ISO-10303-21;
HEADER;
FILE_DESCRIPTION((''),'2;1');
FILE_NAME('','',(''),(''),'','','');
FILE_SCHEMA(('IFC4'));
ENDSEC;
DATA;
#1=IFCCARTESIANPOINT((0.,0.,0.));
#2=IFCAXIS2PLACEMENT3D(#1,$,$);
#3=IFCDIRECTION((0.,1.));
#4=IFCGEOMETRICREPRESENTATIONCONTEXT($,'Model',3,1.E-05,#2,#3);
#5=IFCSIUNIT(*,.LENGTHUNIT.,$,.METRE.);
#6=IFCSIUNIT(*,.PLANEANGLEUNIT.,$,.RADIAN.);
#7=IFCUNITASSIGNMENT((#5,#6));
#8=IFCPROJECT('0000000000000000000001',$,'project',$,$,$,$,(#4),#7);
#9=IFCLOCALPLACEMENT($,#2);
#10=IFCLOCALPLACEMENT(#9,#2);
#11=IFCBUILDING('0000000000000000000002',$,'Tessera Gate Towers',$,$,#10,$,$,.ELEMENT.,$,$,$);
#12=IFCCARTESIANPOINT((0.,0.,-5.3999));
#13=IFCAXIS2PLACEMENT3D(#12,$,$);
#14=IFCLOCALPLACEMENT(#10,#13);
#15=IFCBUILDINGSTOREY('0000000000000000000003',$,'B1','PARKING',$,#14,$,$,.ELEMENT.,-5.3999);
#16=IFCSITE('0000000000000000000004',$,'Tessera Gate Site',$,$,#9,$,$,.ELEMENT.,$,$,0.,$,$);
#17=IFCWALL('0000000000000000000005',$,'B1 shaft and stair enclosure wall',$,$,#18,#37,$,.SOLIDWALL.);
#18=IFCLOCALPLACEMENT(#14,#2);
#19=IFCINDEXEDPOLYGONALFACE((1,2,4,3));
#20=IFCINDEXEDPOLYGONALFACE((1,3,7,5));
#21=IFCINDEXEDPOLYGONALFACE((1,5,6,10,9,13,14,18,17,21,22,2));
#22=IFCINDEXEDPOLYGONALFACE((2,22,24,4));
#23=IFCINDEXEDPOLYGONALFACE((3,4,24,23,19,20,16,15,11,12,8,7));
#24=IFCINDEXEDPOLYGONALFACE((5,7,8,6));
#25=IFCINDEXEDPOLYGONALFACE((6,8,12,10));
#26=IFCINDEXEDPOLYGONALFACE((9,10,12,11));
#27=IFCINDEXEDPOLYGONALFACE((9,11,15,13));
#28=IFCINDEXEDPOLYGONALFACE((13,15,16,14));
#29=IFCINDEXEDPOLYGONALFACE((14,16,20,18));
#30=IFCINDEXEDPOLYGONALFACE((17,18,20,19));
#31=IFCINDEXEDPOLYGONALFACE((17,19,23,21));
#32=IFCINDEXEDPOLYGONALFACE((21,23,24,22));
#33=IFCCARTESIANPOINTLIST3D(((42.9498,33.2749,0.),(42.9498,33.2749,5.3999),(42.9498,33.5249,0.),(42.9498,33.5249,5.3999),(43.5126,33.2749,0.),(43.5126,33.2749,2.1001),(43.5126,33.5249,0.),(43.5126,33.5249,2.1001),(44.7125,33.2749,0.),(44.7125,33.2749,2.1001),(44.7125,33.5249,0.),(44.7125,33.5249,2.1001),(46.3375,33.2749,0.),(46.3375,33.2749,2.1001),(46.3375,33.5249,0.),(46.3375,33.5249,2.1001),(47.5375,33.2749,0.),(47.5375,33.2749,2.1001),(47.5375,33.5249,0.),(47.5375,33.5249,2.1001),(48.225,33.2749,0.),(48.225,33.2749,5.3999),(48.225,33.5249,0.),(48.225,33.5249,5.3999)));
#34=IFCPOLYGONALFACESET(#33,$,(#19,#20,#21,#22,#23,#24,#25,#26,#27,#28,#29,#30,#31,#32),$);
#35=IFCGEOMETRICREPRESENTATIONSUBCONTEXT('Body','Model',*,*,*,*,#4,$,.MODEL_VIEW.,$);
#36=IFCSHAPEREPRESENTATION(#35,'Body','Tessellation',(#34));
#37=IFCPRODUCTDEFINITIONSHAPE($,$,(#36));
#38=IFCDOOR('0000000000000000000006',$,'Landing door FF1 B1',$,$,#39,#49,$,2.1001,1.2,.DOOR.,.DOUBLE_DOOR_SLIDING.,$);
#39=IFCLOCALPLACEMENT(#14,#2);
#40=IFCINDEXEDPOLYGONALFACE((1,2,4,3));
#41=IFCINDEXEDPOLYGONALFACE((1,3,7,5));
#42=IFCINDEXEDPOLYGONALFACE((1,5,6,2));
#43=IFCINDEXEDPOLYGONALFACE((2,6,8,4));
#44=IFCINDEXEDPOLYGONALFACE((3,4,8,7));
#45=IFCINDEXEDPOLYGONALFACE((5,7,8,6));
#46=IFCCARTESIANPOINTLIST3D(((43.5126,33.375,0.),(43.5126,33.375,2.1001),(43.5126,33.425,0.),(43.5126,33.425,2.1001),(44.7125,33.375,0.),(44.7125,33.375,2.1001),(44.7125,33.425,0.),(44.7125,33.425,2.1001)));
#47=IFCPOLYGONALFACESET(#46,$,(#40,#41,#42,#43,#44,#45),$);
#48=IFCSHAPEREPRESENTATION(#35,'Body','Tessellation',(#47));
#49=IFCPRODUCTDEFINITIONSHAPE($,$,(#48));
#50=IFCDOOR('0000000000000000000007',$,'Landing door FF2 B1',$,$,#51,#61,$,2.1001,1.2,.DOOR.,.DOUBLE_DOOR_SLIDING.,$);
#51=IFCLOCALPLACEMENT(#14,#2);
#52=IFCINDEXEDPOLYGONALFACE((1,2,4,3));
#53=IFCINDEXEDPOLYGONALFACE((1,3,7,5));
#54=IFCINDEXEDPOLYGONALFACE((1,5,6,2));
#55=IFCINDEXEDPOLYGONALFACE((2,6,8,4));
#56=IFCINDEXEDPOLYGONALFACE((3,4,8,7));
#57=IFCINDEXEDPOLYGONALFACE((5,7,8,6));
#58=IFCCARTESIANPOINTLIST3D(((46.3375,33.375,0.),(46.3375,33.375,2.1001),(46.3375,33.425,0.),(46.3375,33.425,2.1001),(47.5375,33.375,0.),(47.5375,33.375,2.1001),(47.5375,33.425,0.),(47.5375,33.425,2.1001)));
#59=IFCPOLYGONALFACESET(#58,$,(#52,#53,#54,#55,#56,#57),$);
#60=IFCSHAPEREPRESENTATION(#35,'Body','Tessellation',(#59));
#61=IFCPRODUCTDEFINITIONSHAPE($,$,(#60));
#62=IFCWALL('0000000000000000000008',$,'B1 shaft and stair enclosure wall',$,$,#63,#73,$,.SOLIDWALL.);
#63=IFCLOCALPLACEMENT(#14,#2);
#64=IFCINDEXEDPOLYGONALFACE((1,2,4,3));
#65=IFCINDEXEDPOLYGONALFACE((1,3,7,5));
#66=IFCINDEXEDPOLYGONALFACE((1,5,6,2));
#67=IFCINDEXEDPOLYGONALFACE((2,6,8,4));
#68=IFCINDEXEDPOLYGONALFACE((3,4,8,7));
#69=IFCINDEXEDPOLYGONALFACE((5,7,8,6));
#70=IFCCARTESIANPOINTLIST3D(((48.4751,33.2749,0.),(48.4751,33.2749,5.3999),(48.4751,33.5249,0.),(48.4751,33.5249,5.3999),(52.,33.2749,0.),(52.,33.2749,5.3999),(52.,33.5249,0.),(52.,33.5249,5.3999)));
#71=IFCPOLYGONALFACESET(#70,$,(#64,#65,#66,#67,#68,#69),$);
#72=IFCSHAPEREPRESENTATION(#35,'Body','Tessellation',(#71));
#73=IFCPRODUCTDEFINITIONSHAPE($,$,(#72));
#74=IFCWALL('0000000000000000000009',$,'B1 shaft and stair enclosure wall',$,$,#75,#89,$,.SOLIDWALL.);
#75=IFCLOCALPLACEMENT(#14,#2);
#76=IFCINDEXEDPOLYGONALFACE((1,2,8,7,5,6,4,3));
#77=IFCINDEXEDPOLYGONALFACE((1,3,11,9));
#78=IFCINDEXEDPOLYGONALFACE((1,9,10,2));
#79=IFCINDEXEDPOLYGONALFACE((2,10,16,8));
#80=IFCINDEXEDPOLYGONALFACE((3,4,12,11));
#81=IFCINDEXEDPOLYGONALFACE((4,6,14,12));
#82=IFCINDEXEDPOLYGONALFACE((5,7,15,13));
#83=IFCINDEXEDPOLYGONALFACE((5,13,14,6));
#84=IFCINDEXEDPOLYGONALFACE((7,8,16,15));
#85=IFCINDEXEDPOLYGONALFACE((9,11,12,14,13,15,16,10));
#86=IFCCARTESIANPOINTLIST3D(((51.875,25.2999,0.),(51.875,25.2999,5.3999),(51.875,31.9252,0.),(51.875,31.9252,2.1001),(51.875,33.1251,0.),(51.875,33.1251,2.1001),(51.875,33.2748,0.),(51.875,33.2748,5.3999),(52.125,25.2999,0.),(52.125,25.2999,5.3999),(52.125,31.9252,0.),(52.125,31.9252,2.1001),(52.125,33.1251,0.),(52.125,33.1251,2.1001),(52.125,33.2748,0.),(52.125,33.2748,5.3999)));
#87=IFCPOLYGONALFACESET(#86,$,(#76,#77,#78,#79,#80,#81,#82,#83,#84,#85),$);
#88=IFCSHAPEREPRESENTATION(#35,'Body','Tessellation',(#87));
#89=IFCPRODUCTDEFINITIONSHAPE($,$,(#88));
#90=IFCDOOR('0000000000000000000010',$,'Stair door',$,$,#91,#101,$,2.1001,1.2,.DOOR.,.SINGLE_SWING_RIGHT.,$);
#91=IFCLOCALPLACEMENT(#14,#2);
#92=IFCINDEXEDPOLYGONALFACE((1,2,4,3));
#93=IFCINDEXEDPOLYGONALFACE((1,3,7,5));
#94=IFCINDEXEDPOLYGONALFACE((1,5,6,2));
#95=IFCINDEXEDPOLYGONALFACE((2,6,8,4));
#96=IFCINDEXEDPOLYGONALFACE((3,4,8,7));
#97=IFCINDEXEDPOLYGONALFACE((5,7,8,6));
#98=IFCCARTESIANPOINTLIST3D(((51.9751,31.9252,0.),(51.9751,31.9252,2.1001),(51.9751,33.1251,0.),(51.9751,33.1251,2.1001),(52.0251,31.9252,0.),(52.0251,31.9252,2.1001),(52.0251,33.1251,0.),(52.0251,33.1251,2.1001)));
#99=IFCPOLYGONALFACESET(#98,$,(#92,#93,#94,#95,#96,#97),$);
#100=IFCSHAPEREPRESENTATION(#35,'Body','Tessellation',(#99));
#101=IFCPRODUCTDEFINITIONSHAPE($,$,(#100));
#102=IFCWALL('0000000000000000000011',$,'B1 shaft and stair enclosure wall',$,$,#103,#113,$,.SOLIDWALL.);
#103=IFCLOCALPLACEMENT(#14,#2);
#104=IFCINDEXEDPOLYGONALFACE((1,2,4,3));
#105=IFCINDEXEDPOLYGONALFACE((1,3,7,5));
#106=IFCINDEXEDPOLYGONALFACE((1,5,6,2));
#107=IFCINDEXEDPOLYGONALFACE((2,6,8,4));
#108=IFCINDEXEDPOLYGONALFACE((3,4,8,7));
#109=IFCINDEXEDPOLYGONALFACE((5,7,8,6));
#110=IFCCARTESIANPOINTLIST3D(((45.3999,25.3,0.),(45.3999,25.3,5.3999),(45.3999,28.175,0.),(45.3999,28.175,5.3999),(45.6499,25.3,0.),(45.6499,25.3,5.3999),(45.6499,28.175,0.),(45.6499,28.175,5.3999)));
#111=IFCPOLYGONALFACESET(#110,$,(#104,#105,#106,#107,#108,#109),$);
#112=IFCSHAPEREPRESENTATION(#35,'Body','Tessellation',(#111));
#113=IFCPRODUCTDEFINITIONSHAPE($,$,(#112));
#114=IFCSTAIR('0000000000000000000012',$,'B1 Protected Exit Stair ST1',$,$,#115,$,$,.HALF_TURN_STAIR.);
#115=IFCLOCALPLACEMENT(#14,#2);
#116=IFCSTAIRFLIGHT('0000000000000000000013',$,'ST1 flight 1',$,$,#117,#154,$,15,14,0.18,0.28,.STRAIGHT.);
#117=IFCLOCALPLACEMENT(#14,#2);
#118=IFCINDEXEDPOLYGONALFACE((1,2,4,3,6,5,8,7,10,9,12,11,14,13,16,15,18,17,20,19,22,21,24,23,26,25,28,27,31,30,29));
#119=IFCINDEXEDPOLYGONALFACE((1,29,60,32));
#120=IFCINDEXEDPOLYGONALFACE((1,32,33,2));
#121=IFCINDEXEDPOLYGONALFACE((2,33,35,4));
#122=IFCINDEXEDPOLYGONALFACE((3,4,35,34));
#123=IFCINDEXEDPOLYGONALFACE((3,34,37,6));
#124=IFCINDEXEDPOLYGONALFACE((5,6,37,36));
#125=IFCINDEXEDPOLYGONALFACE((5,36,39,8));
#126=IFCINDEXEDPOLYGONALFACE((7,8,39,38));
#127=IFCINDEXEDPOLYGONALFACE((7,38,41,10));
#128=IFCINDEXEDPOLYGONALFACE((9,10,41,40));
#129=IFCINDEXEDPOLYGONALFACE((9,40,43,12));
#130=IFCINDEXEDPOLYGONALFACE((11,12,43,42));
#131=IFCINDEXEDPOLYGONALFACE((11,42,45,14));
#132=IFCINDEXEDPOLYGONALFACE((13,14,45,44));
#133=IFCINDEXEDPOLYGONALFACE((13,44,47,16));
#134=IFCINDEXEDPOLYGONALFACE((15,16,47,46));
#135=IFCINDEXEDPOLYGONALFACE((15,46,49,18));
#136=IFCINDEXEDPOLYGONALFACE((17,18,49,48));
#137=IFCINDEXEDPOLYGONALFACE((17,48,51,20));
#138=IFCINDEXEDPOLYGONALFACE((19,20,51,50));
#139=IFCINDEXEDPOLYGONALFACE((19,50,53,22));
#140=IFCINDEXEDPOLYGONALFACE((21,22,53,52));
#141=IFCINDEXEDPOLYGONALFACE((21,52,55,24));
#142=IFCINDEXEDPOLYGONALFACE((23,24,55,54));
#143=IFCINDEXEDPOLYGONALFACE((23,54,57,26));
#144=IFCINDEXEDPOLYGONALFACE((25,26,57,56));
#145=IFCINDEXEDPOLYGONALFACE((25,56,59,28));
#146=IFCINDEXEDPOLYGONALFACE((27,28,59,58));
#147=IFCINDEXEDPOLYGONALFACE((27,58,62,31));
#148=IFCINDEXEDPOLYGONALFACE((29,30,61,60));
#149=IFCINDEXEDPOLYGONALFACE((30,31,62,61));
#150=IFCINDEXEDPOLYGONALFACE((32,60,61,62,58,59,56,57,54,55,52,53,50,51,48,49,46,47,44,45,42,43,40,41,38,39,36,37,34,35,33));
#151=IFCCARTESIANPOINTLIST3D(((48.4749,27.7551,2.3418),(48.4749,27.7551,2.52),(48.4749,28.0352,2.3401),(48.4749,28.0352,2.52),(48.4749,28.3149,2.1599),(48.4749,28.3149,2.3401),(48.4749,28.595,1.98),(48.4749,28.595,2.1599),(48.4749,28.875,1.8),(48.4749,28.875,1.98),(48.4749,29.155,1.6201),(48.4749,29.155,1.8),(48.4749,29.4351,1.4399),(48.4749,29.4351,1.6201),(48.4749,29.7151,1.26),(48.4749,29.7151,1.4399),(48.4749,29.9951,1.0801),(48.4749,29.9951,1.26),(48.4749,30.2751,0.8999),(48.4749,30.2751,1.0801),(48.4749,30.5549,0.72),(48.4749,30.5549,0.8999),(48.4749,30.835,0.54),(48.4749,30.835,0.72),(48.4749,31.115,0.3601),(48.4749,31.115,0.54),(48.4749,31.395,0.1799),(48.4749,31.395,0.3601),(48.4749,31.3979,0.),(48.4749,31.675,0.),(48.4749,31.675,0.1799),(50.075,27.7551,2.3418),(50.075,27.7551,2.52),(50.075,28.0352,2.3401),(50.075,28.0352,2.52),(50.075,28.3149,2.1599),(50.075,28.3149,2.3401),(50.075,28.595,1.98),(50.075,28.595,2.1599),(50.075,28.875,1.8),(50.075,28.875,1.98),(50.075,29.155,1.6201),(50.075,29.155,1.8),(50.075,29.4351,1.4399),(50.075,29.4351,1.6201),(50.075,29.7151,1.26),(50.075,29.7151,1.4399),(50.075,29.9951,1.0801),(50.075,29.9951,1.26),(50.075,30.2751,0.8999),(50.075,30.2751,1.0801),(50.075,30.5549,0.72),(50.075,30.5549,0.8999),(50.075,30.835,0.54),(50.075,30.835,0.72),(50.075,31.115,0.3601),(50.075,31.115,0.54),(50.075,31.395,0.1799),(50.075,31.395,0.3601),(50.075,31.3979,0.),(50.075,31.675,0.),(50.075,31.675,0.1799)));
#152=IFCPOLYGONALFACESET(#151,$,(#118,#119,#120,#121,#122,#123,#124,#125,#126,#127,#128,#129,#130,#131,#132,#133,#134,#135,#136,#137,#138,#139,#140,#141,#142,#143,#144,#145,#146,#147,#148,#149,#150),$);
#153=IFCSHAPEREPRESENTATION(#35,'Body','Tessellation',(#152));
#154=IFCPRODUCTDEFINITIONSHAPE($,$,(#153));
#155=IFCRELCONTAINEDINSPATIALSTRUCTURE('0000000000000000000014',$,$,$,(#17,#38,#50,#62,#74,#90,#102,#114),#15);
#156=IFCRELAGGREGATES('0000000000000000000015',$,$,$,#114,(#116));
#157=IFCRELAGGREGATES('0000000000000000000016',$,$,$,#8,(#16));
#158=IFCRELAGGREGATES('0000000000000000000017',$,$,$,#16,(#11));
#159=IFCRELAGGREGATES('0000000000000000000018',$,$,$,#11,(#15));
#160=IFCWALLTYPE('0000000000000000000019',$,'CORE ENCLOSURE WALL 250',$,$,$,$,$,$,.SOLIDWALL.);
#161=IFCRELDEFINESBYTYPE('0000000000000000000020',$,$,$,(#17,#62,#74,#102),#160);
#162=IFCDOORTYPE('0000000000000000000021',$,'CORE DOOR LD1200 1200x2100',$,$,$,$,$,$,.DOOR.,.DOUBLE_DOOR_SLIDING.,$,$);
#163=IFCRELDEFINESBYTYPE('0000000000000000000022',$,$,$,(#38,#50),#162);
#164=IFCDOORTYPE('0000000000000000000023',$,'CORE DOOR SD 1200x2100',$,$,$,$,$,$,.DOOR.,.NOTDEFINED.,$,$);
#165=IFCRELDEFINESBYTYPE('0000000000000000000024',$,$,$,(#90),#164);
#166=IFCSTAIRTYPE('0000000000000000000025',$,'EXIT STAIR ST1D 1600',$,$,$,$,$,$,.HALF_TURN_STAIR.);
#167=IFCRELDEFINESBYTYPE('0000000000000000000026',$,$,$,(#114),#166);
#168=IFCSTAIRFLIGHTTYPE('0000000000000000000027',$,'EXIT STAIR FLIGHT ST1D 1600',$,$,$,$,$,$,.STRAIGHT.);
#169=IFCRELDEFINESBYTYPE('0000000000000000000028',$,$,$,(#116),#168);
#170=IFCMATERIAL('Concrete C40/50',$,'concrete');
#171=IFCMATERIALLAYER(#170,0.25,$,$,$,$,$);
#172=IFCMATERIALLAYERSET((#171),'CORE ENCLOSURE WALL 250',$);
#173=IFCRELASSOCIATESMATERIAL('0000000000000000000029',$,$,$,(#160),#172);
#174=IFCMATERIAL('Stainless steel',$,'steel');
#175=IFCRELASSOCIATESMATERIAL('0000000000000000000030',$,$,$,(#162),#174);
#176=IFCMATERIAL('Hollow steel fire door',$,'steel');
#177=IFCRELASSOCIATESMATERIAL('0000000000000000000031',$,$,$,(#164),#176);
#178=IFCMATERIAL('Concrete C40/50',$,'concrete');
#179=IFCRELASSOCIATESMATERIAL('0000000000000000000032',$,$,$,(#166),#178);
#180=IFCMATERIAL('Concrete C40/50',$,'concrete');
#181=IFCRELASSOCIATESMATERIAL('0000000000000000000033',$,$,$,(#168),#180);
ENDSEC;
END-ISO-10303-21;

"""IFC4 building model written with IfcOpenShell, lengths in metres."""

from ifc_helpers import new_model, si_unit, direction, frame, frame_2d, origin, place, context, subcontext, project, spatial, polyline, rectangle, outline, extrude, source, transform, mapped, material, layer, layer_set, type_object, element, fill, aggregate, save


model = new_model("IFC4")

# Units and contexts
model_context = context("Model", 3, precision=1e-05, world=origin(), true_north=direction((0.0, 1.0)))
body_context = subcontext(model_context, "Body", "Model", "MODEL_VIEW")
ifc_project = project(units=[si_unit("LENGTHUNIT", "METRE"), si_unit("PLANEANGLEUNIT", "RADIAN")], contexts=[model_context])

# Site, building, storey
site_placement = place(None, origin())
site = spatial("IfcSite", under=ifc_project, at=site_placement, Name="Tessera Gate Site", CompositionType="ELEMENT", RefElevation=0.0)
building_placement = place(site_placement, origin())
building = spatial("IfcBuilding", under=site, at=building_placement, Name="Tessera Gate Towers", CompositionType="ELEMENT")
storey_placement = place(building_placement, frame((0.0, 0.0, -5.3999)))
storey = spatial("IfcBuildingStorey", under=building, at=storey_placement, Name="B1", Description="PARKING", CompositionType="ELEMENT", Elevation=-5.3999)

# Wall, openings, doors
ifc_material_1 = material(Name="Concrete C40/50", Category="concrete")
ifc_layer = layer(ifc_material_1, 0.25)
ifc_layer_set = layer_set([ifc_layer], Name="CORE ENCLOSURE WALL 250")
wall_type = type_object("IfcWallType", Name="CORE ENCLOSURE WALL 250", PredefinedType="SOLIDWALL", material=ifc_layer_set)
wall_1_placement = place(storey_placement, frame((48.2251, 33.3999, 0.0), z_axis=(0.0, 0.0, 1.0), x_axis=(-1.0, 0.0, 0.0)))
wall_1 = element("IfcWall", 1, at=wall_1_placement, inside=storey, type_object=wall_type, Name="B1 shaft and stair enclosure wall", PredefinedType="SOLIDWALL", context=body_context, shape_type="SweptSolid", body=[
    extrude(rectangle(XDim=5.2751, YDim=0.25, at=frame_2d((2.6377, 0.0))), origin(), (0.0, 0.0, 1.0), 5.3999),
])
shared_shape_1 = source(origin(), body_context, "Body", "SweptSolid", [
    extrude(rectangle(XDim=1.2, YDim=2.1001, at=frame_2d((0.6001, 1.05))), frame((0.0, 0.135, 0.0), z_axis=(0.0, -1.0, 0.0), x_axis=(1.0, 0.0, 0.0)), (0.0, 0.0, 1.0), 0.27),
])
opening_1_placement = place(wall_1_placement, frame((3.5125, 0.0, 0.0)))
opening_1 = element("IfcOpeningElement", 2, at=opening_1_placement, cuts=wall_1, PredefinedType="OPENING", context=body_context, shape_type="MappedRepresentation", body=[
    mapped(shared_shape_1, transform((0.0, 0.0, 0.0), scale=1.0)),
])
opening_2_placement = place(wall_1_placement, frame((0.6875, 0.0, 0.0)))
opening_2 = element("IfcOpeningElement", 3, at=opening_2_placement, cuts=wall_1, PredefinedType="OPENING", context=body_context, shape_type="MappedRepresentation", body=[
    mapped(shared_shape_1, transform((0.0, 0.0, 0.0), scale=1.0)),
])
ifc_material_2 = material(Name="Stainless steel", Category="steel")
door_type_1 = type_object("IfcDoorType", Name="CORE DOOR LD1200 1200x2100", OperationType="DOUBLE_DOOR_SLIDING", PredefinedType="DOOR", material=ifc_material_2)
shared_shape_2 = source(origin(), body_context, "Body", "SweptSolid", [
    extrude(rectangle(XDim=1.2, YDim=2.1001, at=frame_2d((0.6001, 1.05))), frame((0.0, 0.0249, 0.0), z_axis=(0.0, -1.0, 0.0), x_axis=(1.0, 0.0, 0.0)), (0.0, 0.0, 1.0), 0.05),
])
door_1_placement = place(opening_1_placement, origin())
door_1 = element("IfcDoor", 4, at=door_1_placement, inside=storey, type_object=door_type_1, Name="Landing door FF1 B1", OperationType="DOUBLE_DOOR_SLIDING", OverallHeight=2.1001, OverallWidth=1.2, PredefinedType="DOOR", context=body_context, shape_type="MappedRepresentation", body=[
    mapped(shared_shape_2, transform((0.0, 0.0, 0.0), scale=1.0)),
])
fill(opening_1, door_1)
door_2_placement = place(opening_2_placement, origin())
door_2 = element("IfcDoor", 5, at=door_2_placement, inside=storey, type_object=door_type_1, Name="Landing door FF2 B1", OperationType="DOUBLE_DOOR_SLIDING", OverallHeight=2.1001, OverallWidth=1.2, PredefinedType="DOOR", context=body_context, shape_type="MappedRepresentation", body=[
    mapped(shared_shape_2, transform((0.0, 0.0, 0.0), scale=1.0)),
])
fill(opening_2, door_2)

# Wall
wall_2_placement = place(storey_placement, frame((48.4751, 33.3999, 0.0), z_axis=(0.0, 0.0, 1.0), x_axis=(1.0, 0.0, 0.0)))
element("IfcWall", 6, at=wall_2_placement, inside=storey, type_object=wall_type, Name="B1 shaft and stair enclosure wall", PredefinedType="SOLIDWALL", context=body_context, shape_type="SweptSolid", body=[
    extrude(rectangle(XDim=3.5249, YDim=0.25, at=frame_2d((1.7625, 0.0))), origin(), (0.0, 0.0, 1.0), 5.3999),
])

# Wall, opening, door
wall_3_placement = place(storey_placement, frame((52.0, 25.3, 0.0), z_axis=(0.0, 0.0, 1.0), x_axis=(0.0, 1.0, 0.0)))
wall_3 = element("IfcWall", 7, at=wall_3_placement, inside=storey, type_object=wall_type, Name="B1 shaft and stair enclosure wall", PredefinedType="SOLIDWALL", context=body_context, shape_type="SweptSolid", body=[
    extrude(rectangle(XDim=7.9749, YDim=0.25, at=frame_2d((3.9873, 0.0))), origin(), (0.0, 0.0, 1.0), 5.3999),
])
opening_3_placement = place(wall_3_placement, frame((6.625, 0.0, 0.0)))
opening_3 = element("IfcOpeningElement", 8, at=opening_3_placement, cuts=wall_3, PredefinedType="OPENING", context=body_context, shape_type="MappedRepresentation", body=[
    mapped(shared_shape_1, transform((0.0, 0.0, 0.0), scale=1.0)),
])
ifc_material_3 = material(Name="Hollow steel fire door", Category="steel")
door_type_2 = type_object("IfcDoorType", Name="CORE DOOR SD 1200x2100", OperationType="NOTDEFINED", PredefinedType="DOOR", material=ifc_material_3)
door_3_placement = place(opening_3_placement, origin())
door_3 = element("IfcDoor", 9, at=door_3_placement, inside=storey, type_object=door_type_2, Name="Stair door", OperationType="SINGLE_SWING_RIGHT", OverallHeight=2.1001, OverallWidth=1.2, PredefinedType="DOOR", context=body_context, shape_type="MappedRepresentation", body=[
    mapped(shared_shape_2, transform((0.0, 0.0, 0.0), scale=1.0)),
])
fill(opening_3, door_3)

# Wall
wall_4_placement = place(storey_placement, frame((45.5249, 25.3, 0.0), z_axis=(0.0, 0.0, 1.0), x_axis=(0.0, 1.0, 0.0)))
element("IfcWall", 10, at=wall_4_placement, inside=storey, type_object=wall_type, Name="B1 shaft and stair enclosure wall", PredefinedType="SOLIDWALL", context=body_context, shape_type="SweptSolid", body=[
    extrude(rectangle(XDim=2.875, YDim=0.25, at=frame_2d((1.4375, 0.0))), origin(), (0.0, 0.0, 1.0), 5.3999),
])

# Stair, stair flight
ifc_material_4 = material(Name="Concrete C40/50", Category="concrete")
stair_type = type_object("IfcStairType", Name="EXIT STAIR ST1D 1600", PredefinedType="HALF_TURN_STAIR", material=ifc_material_4)
stair_placement = place(storey_placement, origin())
stair = element("IfcStair", 11, at=stair_placement, inside=storey, type_object=stair_type, Name="B1 Protected Exit Stair ST1", PredefinedType="HALF_TURN_STAIR")
ifc_material_5 = material(Name="Concrete C40/50", Category="concrete")
stair_flight_type = type_object("IfcStairFlightType", Name="EXIT STAIR FLIGHT ST1D 1600", PredefinedType="STRAIGHT", material=ifc_material_5)
stair_flight_1_placement = place(storey_placement, frame((49.2749, 31.675, 0.0), z_axis=(0.0, 0.0, 1.0), x_axis=(0.0, -1.0, 0.0)))
stair_flight_1 = element("IfcStairFlight", 12, at=stair_flight_1_placement, type_object=stair_flight_type, Name="ST1 flight 1", NumberOfRisers=15, NumberOfTreads=14, PredefinedType="STRAIGHT", RiserHeight=0.18, TreadLength=0.28, context=body_context, shape_type="SweptSolid", body=[
    extrude(outline(polyline([(0.0, 0.0), (0.0, 0.1799), (0.28, 0.1799), (0.28, 0.3601), (0.5601, 0.3601), (0.5601, 0.54), (0.8401, 0.54), (0.8401, 0.72), (1.1201, 0.72), (1.1201, 0.8999), (1.3999, 0.8999), (1.3999, 1.0801), (1.6799, 1.0801), (1.6799, 1.26), (1.96, 1.26), (1.96, 1.4399), (2.24, 1.4399), (2.24, 1.6201), (2.52, 1.6201), (2.52, 1.8), (2.8, 1.8), (2.8, 1.98), (3.0801, 1.98), (3.0801, 2.1599), (3.3601, 2.1599), (3.3601, 2.3401), (3.6399, 2.3401), (3.6399, 2.52), (3.9199, 2.52), (3.9199, 2.7), (3.9199, 2.3418), (0.2771, 0.0), (0.0, 0.0)])), frame((0.0, 0.8, 0.0), z_axis=(0.0, -1.0, 0.0), x_axis=(1.0, 0.0, 0.0)), (0.0, 0.0, 1.0), 1.6001),
])
aggregate(stair, [stair_flight_1])

save(model, "model.ifc")
